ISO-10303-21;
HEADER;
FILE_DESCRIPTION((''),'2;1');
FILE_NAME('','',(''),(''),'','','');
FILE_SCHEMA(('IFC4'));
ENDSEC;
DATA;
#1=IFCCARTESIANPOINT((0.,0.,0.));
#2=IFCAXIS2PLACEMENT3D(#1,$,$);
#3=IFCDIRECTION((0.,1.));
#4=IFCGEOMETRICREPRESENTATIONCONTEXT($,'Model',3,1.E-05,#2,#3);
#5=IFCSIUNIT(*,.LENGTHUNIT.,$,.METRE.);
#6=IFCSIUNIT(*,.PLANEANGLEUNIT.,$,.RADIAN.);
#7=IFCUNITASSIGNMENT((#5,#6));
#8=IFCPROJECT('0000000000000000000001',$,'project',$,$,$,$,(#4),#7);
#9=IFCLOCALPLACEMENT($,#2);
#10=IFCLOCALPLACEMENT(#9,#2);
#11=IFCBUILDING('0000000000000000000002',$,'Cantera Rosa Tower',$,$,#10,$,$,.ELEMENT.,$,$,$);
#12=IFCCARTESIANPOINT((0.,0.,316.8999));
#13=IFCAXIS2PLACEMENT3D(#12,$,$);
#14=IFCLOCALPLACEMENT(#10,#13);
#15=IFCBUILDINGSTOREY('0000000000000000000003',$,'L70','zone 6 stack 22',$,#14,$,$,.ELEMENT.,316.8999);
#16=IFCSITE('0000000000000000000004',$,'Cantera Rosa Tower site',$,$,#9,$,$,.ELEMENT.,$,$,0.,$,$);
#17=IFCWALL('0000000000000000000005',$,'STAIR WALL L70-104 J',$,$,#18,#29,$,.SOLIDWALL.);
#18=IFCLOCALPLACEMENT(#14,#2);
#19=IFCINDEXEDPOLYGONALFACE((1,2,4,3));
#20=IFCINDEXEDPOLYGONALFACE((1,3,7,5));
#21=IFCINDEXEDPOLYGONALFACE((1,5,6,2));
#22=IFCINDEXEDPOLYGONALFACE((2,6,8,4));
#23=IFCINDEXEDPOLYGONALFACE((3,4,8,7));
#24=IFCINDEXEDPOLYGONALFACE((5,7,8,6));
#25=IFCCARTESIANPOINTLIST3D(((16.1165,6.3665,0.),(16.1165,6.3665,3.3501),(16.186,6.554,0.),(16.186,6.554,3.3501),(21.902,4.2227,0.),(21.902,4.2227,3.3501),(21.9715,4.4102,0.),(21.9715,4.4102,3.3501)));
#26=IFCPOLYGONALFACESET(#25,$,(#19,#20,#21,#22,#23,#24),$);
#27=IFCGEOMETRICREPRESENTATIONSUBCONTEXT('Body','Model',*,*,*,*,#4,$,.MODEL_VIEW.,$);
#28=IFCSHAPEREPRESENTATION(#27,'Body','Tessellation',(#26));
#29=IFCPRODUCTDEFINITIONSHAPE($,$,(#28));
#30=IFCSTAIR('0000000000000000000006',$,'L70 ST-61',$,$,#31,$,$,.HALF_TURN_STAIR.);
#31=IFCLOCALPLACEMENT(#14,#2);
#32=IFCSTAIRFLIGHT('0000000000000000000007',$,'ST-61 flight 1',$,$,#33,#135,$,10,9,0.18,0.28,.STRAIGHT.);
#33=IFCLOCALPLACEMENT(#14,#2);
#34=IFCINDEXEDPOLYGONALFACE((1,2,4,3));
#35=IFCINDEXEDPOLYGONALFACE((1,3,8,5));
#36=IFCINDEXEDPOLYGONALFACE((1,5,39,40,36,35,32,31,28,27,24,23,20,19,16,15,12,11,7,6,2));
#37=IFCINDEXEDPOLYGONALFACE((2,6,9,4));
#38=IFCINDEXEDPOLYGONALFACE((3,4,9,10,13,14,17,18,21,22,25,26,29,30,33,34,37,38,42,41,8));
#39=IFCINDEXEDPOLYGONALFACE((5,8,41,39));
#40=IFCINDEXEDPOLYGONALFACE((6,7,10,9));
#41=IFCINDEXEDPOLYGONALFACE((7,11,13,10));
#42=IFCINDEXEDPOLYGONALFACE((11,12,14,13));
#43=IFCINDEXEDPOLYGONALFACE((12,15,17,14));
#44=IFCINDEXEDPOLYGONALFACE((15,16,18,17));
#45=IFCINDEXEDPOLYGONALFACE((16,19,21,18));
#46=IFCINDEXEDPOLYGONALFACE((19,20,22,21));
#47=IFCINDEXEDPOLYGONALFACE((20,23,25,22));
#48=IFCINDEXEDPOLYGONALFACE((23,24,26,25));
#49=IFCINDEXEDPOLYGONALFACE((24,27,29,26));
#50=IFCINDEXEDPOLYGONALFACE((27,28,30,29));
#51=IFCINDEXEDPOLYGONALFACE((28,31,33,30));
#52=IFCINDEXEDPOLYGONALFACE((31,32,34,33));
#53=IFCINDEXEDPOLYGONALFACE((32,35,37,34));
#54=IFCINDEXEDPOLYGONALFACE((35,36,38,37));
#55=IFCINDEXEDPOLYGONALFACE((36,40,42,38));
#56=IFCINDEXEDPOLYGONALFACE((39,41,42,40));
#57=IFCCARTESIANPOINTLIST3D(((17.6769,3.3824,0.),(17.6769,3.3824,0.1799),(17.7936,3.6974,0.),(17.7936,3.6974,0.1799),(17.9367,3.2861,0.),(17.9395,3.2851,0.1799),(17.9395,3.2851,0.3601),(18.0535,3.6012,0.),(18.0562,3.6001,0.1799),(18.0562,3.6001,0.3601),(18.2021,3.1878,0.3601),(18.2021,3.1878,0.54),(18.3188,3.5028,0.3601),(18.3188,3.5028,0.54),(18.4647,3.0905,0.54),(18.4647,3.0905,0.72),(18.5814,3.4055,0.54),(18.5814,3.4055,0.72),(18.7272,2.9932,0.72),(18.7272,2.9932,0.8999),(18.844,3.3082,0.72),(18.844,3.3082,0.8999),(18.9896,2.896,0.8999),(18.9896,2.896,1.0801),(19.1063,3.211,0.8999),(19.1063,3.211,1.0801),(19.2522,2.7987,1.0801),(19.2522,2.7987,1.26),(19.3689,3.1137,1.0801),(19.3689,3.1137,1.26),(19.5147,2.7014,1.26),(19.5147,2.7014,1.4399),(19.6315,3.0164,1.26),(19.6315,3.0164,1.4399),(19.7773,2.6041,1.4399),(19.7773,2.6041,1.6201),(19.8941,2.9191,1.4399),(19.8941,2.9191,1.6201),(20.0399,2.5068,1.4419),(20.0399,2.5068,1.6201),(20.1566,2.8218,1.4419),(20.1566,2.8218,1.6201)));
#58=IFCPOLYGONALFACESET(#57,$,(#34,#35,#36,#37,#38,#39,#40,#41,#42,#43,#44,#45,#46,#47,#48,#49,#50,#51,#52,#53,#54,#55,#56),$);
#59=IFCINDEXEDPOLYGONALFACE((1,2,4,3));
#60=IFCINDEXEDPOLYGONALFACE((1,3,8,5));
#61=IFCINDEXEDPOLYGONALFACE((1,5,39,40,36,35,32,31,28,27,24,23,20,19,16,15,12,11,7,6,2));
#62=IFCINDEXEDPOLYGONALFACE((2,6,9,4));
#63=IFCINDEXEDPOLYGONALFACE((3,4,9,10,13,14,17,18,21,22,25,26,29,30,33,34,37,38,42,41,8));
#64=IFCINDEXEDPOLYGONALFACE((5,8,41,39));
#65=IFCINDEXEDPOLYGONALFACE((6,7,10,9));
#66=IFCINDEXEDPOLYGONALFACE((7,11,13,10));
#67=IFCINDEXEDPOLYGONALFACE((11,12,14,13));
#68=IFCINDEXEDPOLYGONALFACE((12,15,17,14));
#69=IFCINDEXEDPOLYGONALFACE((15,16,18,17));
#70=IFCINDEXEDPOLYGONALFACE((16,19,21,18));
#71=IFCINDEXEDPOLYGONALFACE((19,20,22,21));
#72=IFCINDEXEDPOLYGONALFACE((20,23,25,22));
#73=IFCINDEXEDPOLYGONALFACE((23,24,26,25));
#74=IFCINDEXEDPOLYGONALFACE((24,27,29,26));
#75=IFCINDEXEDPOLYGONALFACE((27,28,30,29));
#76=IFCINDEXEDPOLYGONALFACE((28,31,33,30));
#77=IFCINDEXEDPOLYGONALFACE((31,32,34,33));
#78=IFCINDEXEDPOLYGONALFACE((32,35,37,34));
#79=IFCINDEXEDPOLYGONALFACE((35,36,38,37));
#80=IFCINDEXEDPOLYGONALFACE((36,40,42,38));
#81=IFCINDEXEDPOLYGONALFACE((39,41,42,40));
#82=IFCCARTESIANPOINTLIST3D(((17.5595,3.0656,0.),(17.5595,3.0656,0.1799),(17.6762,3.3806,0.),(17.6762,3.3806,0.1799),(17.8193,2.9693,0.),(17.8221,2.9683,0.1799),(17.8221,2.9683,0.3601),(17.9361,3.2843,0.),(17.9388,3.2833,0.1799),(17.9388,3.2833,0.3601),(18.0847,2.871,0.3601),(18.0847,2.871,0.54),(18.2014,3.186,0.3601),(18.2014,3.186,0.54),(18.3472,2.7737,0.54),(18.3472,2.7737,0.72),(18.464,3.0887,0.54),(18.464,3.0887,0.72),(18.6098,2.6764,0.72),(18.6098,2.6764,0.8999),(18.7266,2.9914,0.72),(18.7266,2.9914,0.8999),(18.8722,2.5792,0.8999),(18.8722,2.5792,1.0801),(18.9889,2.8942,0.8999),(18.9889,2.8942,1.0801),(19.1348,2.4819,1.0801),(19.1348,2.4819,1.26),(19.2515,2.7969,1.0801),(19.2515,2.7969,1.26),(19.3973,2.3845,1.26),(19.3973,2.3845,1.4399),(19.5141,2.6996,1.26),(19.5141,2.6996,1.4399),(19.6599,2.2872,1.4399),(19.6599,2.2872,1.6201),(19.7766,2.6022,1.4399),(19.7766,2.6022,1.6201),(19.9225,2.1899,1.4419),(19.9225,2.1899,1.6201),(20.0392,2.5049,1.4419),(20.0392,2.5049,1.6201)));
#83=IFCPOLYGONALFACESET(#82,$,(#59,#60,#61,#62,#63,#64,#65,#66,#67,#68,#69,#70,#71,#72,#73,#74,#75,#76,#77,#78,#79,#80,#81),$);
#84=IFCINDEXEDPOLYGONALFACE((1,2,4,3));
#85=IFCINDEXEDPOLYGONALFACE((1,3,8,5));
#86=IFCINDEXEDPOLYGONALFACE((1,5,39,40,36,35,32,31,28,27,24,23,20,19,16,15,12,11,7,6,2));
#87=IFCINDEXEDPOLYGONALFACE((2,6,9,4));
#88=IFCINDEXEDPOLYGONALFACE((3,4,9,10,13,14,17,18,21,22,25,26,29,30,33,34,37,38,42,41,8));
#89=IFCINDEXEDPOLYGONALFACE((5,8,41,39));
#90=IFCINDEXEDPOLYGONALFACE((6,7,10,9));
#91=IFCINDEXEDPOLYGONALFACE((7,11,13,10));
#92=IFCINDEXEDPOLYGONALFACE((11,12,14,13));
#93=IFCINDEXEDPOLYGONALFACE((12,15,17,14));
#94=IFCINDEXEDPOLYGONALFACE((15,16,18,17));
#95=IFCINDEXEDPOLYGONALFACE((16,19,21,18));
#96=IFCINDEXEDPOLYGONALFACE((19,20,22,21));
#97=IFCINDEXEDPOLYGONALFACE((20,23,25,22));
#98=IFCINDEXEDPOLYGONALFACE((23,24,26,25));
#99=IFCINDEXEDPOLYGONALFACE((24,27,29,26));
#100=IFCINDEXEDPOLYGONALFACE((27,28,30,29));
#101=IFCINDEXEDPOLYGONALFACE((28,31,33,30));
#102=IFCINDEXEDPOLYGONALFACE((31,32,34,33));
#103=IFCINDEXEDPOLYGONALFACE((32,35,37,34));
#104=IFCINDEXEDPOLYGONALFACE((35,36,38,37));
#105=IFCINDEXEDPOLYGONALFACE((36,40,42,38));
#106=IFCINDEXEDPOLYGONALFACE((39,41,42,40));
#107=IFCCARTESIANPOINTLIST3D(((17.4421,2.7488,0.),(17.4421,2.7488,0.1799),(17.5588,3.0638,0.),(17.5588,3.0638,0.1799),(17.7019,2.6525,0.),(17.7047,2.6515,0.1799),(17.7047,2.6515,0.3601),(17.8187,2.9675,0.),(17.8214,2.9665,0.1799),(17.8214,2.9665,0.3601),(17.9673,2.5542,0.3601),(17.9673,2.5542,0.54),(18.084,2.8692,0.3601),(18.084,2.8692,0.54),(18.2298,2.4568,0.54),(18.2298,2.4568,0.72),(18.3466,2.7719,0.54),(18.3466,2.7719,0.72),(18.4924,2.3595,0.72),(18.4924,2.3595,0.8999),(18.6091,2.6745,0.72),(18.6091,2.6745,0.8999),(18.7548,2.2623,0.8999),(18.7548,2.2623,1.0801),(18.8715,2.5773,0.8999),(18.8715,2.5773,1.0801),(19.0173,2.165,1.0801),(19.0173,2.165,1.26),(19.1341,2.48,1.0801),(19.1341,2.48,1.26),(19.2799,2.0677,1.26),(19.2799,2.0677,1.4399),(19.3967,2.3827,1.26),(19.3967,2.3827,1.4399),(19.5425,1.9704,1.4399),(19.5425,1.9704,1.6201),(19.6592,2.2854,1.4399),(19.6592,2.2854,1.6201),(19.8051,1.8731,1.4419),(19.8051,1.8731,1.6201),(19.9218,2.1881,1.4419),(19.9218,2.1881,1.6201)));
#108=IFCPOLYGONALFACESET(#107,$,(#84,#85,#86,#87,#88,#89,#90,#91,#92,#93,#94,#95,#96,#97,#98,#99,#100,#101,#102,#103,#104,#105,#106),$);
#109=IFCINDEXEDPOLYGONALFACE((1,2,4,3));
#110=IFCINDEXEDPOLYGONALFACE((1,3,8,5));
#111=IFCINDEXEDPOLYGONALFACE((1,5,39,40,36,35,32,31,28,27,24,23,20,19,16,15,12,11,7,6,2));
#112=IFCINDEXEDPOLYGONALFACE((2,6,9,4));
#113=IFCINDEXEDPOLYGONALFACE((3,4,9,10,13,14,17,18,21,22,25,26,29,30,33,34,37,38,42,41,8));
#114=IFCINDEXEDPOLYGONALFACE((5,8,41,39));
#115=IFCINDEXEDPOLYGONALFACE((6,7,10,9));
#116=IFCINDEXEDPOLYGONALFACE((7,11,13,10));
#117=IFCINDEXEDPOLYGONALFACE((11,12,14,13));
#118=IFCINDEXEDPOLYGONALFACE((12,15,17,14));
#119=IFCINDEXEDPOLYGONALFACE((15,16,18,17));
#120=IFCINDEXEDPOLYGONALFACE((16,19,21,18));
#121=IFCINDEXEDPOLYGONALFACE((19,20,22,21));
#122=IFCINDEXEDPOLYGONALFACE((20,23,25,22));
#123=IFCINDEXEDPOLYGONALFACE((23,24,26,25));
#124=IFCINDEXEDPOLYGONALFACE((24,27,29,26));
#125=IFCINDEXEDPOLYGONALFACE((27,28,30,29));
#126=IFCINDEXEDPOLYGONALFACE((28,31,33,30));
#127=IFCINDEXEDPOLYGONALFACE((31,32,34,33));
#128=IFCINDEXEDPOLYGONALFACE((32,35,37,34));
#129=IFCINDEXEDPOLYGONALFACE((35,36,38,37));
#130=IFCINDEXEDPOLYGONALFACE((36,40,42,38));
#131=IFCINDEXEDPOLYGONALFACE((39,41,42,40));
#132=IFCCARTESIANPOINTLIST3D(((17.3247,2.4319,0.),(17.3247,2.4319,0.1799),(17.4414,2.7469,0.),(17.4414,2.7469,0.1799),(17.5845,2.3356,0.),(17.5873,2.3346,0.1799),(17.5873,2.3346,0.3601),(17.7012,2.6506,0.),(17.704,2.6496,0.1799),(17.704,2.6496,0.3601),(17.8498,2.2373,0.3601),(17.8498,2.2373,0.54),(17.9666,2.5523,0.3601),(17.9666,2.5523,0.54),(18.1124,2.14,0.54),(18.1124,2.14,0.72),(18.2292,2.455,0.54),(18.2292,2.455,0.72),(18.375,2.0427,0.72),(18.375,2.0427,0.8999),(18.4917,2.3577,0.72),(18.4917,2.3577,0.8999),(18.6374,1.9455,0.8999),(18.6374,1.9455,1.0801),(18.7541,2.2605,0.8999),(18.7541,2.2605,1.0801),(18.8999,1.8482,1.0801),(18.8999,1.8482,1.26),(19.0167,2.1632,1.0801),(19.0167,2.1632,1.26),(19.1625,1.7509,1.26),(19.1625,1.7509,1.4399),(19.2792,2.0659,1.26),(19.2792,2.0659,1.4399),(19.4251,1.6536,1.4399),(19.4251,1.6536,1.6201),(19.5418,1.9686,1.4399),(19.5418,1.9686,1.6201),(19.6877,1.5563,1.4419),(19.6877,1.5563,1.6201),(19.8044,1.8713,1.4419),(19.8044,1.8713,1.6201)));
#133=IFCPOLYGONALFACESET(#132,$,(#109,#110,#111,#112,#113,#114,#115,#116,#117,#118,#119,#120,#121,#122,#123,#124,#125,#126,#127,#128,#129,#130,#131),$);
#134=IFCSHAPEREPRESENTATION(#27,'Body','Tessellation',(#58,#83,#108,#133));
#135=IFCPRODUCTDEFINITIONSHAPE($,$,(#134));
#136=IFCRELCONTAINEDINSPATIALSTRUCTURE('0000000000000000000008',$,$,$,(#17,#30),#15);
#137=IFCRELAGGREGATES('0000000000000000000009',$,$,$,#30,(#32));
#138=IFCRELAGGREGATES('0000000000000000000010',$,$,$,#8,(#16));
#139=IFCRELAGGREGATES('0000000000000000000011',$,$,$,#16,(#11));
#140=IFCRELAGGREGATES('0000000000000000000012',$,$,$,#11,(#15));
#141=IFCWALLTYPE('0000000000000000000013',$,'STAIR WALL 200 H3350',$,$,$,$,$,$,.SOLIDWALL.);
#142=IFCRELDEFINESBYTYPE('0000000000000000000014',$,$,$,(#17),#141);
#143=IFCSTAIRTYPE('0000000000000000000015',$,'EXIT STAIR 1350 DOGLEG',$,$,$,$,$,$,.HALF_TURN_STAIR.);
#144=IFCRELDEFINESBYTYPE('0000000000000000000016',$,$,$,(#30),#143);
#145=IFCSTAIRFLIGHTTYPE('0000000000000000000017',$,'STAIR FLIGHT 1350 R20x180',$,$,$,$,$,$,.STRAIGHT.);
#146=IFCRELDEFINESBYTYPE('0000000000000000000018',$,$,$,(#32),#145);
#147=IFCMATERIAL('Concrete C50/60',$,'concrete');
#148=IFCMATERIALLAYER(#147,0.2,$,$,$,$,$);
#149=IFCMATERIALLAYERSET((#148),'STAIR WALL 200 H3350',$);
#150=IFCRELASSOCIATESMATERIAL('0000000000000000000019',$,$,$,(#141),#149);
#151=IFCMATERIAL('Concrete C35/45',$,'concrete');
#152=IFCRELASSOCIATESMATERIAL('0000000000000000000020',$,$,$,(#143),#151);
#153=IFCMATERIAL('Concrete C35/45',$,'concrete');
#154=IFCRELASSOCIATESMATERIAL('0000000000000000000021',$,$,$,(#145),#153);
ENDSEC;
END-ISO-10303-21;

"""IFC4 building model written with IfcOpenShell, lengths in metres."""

from ifc_helpers import new_model, si_unit, direction, frame, frame_2d, origin, place, context, subcontext, project, spatial, polyline, rectangle, outline, extrude, material, layer, layer_set, type_object, element, aggregate, save


model = new_model("IFC4")

# Units and contexts
model_context = context("Model", 3, precision=1e-05, world=origin(), true_north=direction((0.0, 1.0)))
body_context = subcontext(model_context, "Body", "Model", "MODEL_VIEW")
ifc_project = project(units=[si_unit("LENGTHUNIT", "METRE"), si_unit("PLANEANGLEUNIT", "RADIAN")], contexts=[model_context])

# Site, building, storey
site_placement = place(None, origin())
site = spatial("IfcSite", under=ifc_project, at=site_placement, Name="Cantera Rosa Tower site", CompositionType="ELEMENT", RefElevation=0.0)
building_placement = place(site_placement, origin())
building = spatial("IfcBuilding", under=site, at=building_placement, Name="Cantera Rosa Tower", CompositionType="ELEMENT")
storey_placement = place(building_placement, frame((0.0, 0.0, 316.8999)))
storey = spatial("IfcBuildingStorey", under=building, at=storey_placement, Name="L70", Description="zone 6 stack 22", CompositionType="ELEMENT", Elevation=316.8999)

# Shared definitions
ifc_material_1 = material(Name="Concrete C50/60", Category="concrete")
ifc_layer_1 = layer(ifc_material_1, 0.2)
ifc_layer_set_1 = layer_set([ifc_layer_1], Name="STAIR WALL 200 H3350")
wall_type_1 = type_object("IfcWallType", Name="STAIR WALL 200 H3350", PredefinedType="SOLIDWALL", material=ifc_layer_set_1)

# Wall
wall_1_placement = place(storey_placement, frame((21.9368, 4.3164, 0.0), z_axis=(0.0, 0.0, 1.0), x_axis=(-0.937693, 0.347465, 0.0)))
element("IfcWall", 1, at=wall_1_placement, inside=storey, type_object=wall_type_1, Name="STAIR WALL L70-104 J", PredefinedType="SOLIDWALL", context=body_context, shape_type="SweptSolid", body=[
    extrude(rectangle(XDim=6.1699, YDim=0.2, at=frame_2d((3.085, 0.0))), origin(), (0.0, 0.0, 1.0), 3.3501),
])

# Stair, stair flight
ifc_material_2 = material(Name="Concrete C35/45", Category="concrete")
stair_type = type_object("IfcStairType", Name="EXIT STAIR 1350 DOGLEG", PredefinedType="HALF_TURN_STAIR", material=ifc_material_2)
stair_placement = place(storey_placement, origin())
stair = element("IfcStair", 2, at=stair_placement, inside=storey, type_object=stair_type, Name="L70 ST-61", PredefinedType="HALF_TURN_STAIR")
ifc_material_3 = material(Name="Concrete C35/45", Category="concrete")
stair_flight_type = type_object("IfcStairFlightType", Name="STAIR FLIGHT 1350 R20x180", PredefinedType="STRAIGHT", material=ifc_material_3)
stair_flight_1_placement = place(storey_placement, frame((17.5591, 3.0645, 0.0), z_axis=(0.0, 0.0, 1.0), x_axis=(0.937687, -0.347481, 0.0)))
stair_flight_1 = element("IfcStairFlight", 3, at=stair_flight_1_placement, type_object=stair_flight_type, Name="ST-61 flight 1", NumberOfRisers=10, NumberOfTreads=9, PredefinedType="STRAIGHT", RiserHeight=0.18, TreadLength=0.28, context=body_context, shape_type="SweptSolid", body=[
    extrude(outline(polyline([(0.0, 0.0), (0.0, 0.1799), (0.28, 0.1799), (0.28, 0.3601), (0.5601, 0.3601), (0.5601, 0.54), (0.8401, 0.54), (0.8401, 0.72), (1.1201, 0.72), (1.1201, 0.8999), (1.3999, 0.8999), (1.3999, 1.0801), (1.6799, 1.0801), (1.6799, 1.26), (1.96, 1.26), (1.96, 1.4399), (2.24, 1.4399), (2.24, 1.6201), (2.52, 1.6201), (2.52, 1.8), (2.52, 1.4419), (0.2771, 0.0), (0.0, 0.0)])), frame((0.0, 0.675, 0.0), z_axis=(0.0, -1.0, 0.0), x_axis=(1.0, 0.0, 0.0)), (0.0, 0.0, 1.0), 0.3359),
    extrude(outline(polyline([(0.0, 0.0), (0.0, 0.1799), (0.28, 0.1799), (0.28, 0.3601), (0.5601, 0.3601), (0.5601, 0.54), (0.8401, 0.54), (0.8401, 0.72), (1.1201, 0.72), (1.1201, 0.8999), (1.3999, 0.8999), (1.3999, 1.0801), (1.6799, 1.0801), (1.6799, 1.26), (1.96, 1.26), (1.96, 1.4399), (2.24, 1.4399), (2.24, 1.6201), (2.52, 1.6201), (2.52, 1.8), (2.52, 1.4419), (0.2771, 0.0), (0.0, 0.0)])), frame((0.0, 0.3372, 0.0), z_axis=(0.0, -1.0, 0.0), x_axis=(1.0, 0.0, 0.0)), (0.0, 0.0, 1.0), 0.3359),
    extrude(outline(polyline([(0.0, 0.0), (0.0, 0.1799), (0.28, 0.1799), (0.28, 0.3601), (0.5601, 0.3601), (0.5601, 0.54), (0.8401, 0.54), (0.8401, 0.72), (1.1201, 0.72), (1.1201, 0.8999), (1.3999, 0.8999), (1.3999, 1.0801), (1.6799, 1.0801), (1.6799, 1.26), (1.96, 1.26), (1.96, 1.4399), (2.24, 1.4399), (2.24, 1.6201), (2.52, 1.6201), (2.52, 1.8), (2.52, 1.4419), (0.2771, 0.0), (0.0, 0.0)])), frame((0.0, -0.0007, 0.0), z_axis=(0.0, -1.0, 0.0), x_axis=(1.0, 0.0, 0.0)), (0.0, 0.0, 1.0), 0.3359),
    extrude(outline(polyline([(0.0, 0.0), (0.0, 0.1799), (0.28, 0.1799), (0.28, 0.3601), (0.5601, 0.3601), (0.5601, 0.54), (0.8401, 0.54), (0.8401, 0.72), (1.1201, 0.72), (1.1201, 0.8999), (1.3999, 0.8999), (1.3999, 1.0801), (1.6799, 1.0801), (1.6799, 1.26), (1.96, 1.26), (1.96, 1.4399), (2.24, 1.4399), (2.24, 1.6201), (2.52, 1.6201), (2.52, 1.8), (2.52, 1.4419), (0.2771, 0.0), (0.0, 0.0)])), frame((0.0, -0.3386, 0.0), z_axis=(0.0, -1.0, 0.0), x_axis=(1.0, 0.0, 0.0)), (0.0, 0.0, 1.0), 0.3359),
])
aggregate(stair, [stair_flight_1])

save(model, "model.ifc")
